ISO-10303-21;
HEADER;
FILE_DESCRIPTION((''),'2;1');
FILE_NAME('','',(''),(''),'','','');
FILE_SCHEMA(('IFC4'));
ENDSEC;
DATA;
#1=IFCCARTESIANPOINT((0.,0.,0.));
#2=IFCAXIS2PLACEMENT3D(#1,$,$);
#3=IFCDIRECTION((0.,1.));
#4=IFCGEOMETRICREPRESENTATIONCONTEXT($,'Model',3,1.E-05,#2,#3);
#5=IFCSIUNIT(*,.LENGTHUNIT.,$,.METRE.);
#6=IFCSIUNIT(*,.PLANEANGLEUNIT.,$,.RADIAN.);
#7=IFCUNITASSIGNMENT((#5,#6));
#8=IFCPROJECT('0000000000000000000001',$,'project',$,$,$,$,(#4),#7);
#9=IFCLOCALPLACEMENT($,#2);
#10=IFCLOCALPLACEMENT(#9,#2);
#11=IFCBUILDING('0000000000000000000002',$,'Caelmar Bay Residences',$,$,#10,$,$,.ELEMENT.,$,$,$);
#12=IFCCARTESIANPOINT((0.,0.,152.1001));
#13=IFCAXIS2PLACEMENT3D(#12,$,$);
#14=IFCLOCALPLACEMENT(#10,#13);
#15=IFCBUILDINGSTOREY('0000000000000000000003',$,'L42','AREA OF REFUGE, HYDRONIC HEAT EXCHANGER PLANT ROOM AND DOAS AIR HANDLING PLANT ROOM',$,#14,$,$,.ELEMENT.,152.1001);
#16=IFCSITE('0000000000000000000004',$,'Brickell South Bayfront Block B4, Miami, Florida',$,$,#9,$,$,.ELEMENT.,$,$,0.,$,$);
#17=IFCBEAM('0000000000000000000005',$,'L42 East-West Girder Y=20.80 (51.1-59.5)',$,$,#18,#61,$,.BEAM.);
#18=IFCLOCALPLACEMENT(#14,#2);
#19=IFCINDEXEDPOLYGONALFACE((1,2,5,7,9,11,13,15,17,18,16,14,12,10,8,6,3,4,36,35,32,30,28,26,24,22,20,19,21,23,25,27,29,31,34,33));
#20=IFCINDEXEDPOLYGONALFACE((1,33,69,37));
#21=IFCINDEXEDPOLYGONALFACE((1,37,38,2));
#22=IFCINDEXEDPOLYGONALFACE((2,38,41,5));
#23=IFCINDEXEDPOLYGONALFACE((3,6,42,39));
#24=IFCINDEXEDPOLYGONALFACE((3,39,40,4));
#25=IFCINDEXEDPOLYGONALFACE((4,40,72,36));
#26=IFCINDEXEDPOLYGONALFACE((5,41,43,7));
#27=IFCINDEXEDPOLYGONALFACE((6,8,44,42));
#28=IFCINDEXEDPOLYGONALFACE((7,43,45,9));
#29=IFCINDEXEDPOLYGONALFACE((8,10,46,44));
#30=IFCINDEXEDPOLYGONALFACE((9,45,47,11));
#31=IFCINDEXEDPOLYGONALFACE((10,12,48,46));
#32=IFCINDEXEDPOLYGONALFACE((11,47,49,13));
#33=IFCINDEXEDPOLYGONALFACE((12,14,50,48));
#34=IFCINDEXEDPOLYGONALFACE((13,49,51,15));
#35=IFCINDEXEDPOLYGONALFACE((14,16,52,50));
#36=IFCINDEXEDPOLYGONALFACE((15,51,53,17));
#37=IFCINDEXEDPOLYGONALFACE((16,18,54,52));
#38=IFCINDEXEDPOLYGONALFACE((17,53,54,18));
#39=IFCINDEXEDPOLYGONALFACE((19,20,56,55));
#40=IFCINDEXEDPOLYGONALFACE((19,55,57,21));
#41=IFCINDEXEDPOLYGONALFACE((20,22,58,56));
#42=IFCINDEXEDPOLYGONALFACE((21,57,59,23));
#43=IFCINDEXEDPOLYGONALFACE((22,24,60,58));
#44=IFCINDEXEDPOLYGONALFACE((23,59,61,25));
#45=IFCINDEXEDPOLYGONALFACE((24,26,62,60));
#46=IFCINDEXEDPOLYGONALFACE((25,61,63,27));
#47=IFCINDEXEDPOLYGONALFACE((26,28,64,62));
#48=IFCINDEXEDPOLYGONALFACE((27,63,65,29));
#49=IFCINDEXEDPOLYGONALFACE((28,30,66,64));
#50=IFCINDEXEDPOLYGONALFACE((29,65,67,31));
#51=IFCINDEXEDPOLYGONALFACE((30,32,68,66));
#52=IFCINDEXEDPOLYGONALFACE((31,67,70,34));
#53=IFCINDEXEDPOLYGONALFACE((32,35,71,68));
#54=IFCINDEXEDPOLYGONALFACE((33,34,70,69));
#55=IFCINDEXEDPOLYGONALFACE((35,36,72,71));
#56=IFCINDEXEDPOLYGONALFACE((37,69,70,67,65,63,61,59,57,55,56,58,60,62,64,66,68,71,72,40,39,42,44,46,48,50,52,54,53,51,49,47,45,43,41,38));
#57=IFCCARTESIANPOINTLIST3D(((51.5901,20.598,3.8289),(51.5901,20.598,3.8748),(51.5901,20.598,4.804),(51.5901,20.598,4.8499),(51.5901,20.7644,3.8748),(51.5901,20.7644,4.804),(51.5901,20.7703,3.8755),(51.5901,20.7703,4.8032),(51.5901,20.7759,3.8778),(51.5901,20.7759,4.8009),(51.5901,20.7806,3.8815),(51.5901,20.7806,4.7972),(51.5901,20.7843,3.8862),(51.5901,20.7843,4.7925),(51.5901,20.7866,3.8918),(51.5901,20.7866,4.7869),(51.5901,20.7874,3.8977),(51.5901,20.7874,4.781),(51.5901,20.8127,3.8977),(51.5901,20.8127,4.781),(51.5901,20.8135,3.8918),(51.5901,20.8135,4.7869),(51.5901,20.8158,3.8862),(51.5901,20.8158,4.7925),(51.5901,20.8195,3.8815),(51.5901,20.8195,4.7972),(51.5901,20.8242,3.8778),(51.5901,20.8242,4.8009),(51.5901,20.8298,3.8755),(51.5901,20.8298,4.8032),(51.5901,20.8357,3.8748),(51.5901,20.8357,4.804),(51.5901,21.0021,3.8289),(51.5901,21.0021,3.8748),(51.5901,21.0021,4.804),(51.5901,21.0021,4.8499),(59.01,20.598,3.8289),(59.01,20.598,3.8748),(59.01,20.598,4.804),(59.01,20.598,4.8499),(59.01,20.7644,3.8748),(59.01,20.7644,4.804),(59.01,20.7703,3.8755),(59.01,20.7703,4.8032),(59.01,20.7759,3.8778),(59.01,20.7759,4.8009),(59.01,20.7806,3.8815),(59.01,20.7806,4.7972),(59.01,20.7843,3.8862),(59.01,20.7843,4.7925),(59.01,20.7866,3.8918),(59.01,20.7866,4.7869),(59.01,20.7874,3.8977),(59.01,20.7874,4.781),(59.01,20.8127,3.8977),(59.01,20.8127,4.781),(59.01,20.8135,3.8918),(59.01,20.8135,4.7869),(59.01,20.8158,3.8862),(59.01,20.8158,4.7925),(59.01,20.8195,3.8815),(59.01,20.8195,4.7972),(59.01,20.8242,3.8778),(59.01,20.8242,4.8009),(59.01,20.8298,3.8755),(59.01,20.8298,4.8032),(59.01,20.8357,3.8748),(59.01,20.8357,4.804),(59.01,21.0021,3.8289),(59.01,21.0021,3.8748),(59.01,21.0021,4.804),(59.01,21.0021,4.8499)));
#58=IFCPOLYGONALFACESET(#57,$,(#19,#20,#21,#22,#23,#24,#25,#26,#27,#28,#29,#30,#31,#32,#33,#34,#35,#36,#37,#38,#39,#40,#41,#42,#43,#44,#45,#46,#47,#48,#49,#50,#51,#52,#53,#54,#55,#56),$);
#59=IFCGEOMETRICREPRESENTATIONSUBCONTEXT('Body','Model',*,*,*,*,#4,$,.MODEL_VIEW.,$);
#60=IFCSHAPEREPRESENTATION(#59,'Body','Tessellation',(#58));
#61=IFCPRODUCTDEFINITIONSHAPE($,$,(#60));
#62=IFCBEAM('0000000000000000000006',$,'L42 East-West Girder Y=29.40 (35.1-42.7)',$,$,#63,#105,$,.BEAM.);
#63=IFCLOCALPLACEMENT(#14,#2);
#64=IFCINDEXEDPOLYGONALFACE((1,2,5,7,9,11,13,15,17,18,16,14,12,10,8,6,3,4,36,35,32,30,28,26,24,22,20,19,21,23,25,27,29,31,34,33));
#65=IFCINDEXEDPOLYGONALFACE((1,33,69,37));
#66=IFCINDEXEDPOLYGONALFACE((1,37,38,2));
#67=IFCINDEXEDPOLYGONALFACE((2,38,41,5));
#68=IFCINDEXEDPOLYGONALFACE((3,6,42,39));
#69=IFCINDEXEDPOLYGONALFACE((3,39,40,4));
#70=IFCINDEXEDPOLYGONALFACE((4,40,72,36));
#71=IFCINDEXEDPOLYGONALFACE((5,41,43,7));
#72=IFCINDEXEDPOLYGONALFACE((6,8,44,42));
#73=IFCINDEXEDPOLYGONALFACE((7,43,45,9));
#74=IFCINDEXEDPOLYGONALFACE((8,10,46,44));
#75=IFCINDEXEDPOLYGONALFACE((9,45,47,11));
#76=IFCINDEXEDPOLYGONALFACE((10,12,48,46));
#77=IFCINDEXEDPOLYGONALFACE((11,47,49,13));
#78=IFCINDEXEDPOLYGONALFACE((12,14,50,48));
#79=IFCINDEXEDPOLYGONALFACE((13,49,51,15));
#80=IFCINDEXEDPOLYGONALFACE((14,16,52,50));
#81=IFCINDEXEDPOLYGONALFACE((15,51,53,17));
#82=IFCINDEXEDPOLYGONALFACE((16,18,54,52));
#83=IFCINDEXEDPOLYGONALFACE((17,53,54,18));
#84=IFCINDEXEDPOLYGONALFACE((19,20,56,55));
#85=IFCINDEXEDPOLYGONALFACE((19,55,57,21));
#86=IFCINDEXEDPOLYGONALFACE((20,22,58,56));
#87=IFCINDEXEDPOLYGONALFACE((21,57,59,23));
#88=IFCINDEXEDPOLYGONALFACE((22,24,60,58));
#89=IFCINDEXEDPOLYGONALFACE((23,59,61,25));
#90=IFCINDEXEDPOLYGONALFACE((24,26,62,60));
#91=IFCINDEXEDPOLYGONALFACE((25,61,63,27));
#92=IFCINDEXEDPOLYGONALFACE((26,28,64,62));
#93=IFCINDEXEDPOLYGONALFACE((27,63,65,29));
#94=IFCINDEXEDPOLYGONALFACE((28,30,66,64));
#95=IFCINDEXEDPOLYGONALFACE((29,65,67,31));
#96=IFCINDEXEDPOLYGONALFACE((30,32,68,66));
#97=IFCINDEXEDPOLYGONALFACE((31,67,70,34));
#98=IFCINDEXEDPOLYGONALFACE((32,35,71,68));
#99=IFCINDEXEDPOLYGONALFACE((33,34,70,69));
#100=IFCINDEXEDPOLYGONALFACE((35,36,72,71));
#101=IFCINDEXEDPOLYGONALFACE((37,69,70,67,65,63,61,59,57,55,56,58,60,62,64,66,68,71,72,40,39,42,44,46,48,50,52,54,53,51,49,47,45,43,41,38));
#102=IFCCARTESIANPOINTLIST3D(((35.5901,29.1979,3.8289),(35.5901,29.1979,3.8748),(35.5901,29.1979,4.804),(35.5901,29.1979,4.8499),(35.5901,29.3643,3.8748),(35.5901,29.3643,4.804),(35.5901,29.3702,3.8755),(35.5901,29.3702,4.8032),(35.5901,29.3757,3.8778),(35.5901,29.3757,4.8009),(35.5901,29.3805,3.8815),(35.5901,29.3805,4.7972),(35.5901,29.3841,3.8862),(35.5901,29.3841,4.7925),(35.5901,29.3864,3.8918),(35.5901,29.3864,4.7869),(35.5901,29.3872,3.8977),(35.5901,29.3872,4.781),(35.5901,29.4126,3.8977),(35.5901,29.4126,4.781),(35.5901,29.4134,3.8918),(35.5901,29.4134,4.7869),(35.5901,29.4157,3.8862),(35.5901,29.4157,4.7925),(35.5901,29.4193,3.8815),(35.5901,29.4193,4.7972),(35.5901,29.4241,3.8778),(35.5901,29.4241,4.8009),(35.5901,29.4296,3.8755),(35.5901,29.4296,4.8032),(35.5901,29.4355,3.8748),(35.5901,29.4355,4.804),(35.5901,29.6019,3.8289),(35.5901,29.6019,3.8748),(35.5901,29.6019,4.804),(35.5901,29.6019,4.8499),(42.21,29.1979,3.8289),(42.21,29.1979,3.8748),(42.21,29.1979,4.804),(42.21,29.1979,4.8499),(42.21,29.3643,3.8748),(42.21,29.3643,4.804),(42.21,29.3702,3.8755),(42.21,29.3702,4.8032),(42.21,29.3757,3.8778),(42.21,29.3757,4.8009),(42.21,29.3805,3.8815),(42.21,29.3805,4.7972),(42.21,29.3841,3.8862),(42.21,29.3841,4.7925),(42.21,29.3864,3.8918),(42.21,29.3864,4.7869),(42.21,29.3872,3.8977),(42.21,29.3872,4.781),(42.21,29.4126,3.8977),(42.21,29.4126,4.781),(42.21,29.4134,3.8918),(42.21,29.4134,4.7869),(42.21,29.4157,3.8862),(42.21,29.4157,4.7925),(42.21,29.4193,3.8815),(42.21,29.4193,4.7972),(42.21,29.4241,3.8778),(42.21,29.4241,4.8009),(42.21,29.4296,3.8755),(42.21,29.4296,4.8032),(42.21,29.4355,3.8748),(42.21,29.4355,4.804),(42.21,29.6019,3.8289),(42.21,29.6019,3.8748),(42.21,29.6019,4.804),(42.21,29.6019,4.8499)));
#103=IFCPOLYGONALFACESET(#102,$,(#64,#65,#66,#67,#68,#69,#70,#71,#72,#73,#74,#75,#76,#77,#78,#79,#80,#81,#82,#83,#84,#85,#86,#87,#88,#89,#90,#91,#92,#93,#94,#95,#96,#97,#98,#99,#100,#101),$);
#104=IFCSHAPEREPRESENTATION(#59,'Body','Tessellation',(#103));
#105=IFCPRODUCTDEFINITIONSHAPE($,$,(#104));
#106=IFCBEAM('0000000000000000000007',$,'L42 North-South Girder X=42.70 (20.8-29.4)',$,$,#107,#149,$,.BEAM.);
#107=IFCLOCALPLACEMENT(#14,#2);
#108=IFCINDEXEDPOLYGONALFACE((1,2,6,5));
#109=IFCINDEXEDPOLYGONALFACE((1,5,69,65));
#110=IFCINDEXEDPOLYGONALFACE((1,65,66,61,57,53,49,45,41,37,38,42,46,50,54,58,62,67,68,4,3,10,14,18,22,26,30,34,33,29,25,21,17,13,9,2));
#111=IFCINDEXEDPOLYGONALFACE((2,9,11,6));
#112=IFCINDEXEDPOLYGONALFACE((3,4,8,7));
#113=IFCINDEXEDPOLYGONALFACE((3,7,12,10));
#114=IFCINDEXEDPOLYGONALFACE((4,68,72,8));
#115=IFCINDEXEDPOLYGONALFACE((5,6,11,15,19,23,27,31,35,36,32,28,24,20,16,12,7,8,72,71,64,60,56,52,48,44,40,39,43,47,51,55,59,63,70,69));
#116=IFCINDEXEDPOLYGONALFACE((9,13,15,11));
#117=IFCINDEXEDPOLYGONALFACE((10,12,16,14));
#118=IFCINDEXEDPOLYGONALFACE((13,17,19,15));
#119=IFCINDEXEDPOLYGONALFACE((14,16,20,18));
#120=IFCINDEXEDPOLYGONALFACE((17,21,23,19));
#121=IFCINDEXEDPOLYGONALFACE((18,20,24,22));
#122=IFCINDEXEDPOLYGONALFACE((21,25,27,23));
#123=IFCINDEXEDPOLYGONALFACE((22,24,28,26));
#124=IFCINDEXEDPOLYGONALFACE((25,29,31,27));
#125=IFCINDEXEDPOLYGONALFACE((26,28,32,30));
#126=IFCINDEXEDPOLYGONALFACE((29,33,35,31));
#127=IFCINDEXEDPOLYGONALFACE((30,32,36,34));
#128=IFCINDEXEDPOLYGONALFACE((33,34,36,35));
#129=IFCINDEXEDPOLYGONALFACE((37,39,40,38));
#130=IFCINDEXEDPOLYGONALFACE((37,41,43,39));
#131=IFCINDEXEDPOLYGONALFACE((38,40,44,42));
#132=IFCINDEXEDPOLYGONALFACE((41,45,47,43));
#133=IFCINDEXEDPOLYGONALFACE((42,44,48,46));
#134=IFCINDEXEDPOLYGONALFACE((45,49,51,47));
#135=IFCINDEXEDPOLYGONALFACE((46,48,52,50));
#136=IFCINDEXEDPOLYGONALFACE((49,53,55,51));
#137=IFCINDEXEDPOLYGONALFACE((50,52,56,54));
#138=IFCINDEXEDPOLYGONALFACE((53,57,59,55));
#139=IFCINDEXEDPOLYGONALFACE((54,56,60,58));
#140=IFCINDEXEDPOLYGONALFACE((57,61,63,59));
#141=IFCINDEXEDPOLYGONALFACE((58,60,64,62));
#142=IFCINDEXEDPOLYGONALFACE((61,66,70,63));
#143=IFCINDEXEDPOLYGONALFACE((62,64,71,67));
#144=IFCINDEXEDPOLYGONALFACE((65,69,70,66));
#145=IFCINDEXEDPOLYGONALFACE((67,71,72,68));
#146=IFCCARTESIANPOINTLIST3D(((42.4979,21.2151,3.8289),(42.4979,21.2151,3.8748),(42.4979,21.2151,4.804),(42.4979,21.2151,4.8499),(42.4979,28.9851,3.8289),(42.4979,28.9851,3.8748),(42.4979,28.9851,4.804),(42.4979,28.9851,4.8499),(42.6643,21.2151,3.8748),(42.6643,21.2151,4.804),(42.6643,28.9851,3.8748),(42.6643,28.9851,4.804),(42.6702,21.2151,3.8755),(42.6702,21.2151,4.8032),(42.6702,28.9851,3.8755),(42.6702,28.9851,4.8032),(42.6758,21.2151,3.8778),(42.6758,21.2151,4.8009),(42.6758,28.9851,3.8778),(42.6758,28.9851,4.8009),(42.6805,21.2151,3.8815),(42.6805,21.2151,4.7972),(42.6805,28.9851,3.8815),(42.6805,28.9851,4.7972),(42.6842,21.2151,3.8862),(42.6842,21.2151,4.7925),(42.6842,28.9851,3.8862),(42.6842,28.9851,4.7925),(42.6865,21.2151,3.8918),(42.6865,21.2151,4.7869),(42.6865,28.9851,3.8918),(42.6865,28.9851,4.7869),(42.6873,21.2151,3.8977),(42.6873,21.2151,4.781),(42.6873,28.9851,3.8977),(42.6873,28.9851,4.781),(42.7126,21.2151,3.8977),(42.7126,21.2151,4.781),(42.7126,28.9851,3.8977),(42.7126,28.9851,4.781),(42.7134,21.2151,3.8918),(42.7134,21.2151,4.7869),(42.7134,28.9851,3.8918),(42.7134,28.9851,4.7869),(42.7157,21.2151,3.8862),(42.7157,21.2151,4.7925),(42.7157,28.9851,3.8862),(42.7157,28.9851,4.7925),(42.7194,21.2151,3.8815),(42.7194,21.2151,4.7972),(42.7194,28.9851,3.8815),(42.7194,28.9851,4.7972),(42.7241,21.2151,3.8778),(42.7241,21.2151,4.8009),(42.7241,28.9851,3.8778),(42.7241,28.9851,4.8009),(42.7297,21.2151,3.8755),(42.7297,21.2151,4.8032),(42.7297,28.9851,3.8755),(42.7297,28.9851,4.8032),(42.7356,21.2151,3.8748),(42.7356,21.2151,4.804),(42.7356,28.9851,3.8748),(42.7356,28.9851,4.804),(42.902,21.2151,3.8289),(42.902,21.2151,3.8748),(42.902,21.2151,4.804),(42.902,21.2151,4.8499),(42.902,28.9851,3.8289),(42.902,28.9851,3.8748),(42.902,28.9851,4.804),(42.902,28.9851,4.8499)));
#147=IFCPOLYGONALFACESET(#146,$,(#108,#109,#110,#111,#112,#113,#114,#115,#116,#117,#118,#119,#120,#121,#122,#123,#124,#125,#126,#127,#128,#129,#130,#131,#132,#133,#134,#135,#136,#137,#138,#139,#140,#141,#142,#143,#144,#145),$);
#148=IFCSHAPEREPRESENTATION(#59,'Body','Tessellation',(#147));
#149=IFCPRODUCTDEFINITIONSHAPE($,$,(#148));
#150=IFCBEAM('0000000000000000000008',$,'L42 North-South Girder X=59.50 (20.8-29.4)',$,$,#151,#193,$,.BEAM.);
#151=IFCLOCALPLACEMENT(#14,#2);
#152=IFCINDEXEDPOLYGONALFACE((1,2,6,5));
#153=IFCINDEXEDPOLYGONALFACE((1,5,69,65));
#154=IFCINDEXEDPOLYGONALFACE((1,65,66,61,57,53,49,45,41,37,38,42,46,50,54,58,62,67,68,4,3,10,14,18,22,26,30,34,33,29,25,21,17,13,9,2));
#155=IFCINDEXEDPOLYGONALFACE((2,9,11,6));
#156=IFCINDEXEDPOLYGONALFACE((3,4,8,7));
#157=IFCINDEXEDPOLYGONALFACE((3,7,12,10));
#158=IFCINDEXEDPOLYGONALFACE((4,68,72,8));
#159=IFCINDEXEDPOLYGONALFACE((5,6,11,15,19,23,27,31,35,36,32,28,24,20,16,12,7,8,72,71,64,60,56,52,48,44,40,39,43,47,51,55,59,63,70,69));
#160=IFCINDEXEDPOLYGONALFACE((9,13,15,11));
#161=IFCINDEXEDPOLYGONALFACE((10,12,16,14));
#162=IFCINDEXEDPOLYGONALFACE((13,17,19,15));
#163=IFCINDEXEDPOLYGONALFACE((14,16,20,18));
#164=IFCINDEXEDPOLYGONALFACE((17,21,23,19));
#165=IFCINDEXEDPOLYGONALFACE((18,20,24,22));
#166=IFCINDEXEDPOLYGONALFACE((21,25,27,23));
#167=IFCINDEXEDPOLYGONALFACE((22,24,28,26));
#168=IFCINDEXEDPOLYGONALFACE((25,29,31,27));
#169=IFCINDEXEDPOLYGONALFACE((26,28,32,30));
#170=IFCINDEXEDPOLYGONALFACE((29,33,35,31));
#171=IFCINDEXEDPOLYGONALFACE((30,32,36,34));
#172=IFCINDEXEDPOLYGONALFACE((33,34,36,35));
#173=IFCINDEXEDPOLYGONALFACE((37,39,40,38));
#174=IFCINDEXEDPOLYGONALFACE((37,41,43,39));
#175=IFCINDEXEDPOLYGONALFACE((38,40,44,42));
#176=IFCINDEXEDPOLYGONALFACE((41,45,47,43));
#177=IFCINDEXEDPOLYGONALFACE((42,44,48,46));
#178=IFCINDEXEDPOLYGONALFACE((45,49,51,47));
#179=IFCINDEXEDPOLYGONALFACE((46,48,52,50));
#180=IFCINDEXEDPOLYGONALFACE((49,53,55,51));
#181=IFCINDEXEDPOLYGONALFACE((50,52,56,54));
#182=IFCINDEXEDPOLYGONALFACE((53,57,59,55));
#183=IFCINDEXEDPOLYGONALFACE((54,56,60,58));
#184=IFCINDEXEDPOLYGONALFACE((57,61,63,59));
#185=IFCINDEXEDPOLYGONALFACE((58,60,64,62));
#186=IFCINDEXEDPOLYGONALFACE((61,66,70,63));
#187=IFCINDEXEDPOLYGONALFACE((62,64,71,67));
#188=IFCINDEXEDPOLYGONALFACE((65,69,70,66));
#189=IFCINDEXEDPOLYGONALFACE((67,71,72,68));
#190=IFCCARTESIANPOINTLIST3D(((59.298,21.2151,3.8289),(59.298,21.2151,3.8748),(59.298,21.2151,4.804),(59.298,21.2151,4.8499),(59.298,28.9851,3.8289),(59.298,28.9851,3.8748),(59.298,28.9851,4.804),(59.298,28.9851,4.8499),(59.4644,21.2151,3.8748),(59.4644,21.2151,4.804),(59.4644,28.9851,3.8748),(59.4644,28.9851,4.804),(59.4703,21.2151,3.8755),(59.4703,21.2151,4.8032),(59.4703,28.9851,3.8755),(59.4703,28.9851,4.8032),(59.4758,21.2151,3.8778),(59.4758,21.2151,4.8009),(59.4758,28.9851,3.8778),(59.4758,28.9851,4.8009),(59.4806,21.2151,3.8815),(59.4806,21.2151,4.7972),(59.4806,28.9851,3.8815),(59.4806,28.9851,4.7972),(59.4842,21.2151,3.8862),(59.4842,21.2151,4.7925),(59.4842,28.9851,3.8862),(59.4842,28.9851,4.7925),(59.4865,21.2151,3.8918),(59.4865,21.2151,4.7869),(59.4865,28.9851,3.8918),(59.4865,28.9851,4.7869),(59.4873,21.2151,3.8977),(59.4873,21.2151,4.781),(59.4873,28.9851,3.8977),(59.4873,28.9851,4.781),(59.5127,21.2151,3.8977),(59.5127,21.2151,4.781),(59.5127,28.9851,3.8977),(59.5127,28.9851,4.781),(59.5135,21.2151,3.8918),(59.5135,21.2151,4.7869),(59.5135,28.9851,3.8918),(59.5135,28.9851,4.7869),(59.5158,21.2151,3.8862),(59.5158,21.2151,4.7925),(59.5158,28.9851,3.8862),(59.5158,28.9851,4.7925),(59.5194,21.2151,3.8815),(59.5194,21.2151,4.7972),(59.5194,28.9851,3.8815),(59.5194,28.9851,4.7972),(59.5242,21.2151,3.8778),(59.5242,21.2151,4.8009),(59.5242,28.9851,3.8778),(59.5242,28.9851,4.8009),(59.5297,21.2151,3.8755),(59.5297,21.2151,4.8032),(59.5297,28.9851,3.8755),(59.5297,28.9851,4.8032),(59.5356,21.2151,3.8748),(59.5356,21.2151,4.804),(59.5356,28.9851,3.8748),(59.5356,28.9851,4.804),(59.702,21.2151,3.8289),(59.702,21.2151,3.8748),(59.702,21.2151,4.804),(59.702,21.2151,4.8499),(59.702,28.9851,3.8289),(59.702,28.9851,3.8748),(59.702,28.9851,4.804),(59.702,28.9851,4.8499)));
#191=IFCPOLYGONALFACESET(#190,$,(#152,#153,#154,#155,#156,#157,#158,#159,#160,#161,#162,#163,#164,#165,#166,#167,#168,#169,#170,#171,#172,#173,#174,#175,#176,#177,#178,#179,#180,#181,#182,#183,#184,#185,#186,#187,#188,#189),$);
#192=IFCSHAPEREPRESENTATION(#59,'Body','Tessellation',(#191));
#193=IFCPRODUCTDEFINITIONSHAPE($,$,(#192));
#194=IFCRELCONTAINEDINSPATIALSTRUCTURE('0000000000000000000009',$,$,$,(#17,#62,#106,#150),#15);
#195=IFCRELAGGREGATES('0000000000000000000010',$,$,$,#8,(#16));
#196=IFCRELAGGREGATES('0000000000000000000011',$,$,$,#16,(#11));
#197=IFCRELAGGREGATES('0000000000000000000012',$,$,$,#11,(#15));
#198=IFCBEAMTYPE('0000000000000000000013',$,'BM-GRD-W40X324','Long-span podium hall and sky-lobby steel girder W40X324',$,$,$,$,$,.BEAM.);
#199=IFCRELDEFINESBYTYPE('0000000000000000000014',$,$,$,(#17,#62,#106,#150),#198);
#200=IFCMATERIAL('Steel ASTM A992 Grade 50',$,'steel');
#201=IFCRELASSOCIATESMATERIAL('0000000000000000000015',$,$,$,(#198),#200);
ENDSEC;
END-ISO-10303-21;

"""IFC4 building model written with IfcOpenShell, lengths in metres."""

from ifc_helpers import new_model, si_unit, direction, frame, origin, origin_2d, place, context, subcontext, project, spatial, i_section, extrude, material, material_profile, profile_set, type_object, element, save


model = new_model("IFC4")

# Units and contexts
model_context = context("Model", 3, precision=1e-05, world=origin(), true_north=direction((0.0, 1.0)))
body_context = subcontext(model_context, "Body", "Model", "MODEL_VIEW")
ifc_project = project(units=[si_unit("LENGTHUNIT", "METRE"), si_unit("PLANEANGLEUNIT", "RADIAN")], contexts=[model_context])

# Site, building, storey
site_placement = place(None, origin())
site = spatial("IfcSite", under=ifc_project, at=site_placement, Name="Brickell South Bayfront Block B4, Miami, Florida", CompositionType="ELEMENT", RefElevation=0.0)
building_placement = place(site_placement, origin())
building = spatial("IfcBuilding", under=site, at=building_placement, Name="Caelmar Bay Residences", CompositionType="ELEMENT")
storey_placement = place(building_placement, frame((0.0, 0.0, 152.1001)))
storey = spatial("IfcBuildingStorey", under=building, at=storey_placement, Name="L42", Description="AREA OF REFUGE, HYDRONIC HEAT EXCHANGER PLANT ROOM AND DOAS AIR HANDLING PLANT ROOM", CompositionType="ELEMENT", Elevation=152.1001)

# Beams
ifc_material_1 = material(Name="Steel ASTM A992 Grade 50", Category="steel")
ifc_material_profile_1 = material_profile(ifc_material_1, i_section(OverallWidth=0.4041, OverallDepth=1.021, WebThickness=0.0254, FlangeThickness=0.0459, FilletRadius=0.0229, at=origin_2d()), Name="W40X324")
ifc_profile_set_1 = profile_set([ifc_material_profile_1], Name="Steel ASTM A992 Grade 50")
beam_type_1 = type_object("IfcBeamType", Name="BM-GRD-W40X324", Description="Long-span podium hall and sky-lobby steel girder W40X324", PredefinedType="BEAM", material=ifc_profile_set_1)
beam_1_placement = place(storey_placement, frame((51.5901, 20.8, 4.3394), z_axis=(1.0, 0.0, 0.0), x_axis=(0.0, 1.0, 0.0)))
element("IfcBeam", 1, at=beam_1_placement, inside=storey, type_object=beam_type_1, Name="L42 East-West Girder Y=20.80 (51.1-59.5)", PredefinedType="BEAM", context=body_context, shape_type="SweptSolid", body=[
    extrude(i_section(OverallWidth=0.4041, OverallDepth=1.021, WebThickness=0.0254, FlangeThickness=0.0459, FilletRadius=0.0229, at=origin_2d()), origin(), (0.0, 0.0, 1.0), 7.4199),
])
beam_2_placement = place(storey_placement, frame((35.5901, 29.3999, 4.3394), z_axis=(1.0, 0.0, 0.0), x_axis=(0.0, 1.0, 0.0)))
element("IfcBeam", 2, at=beam_2_placement, inside=storey, type_object=beam_type_1, Name="L42 East-West Girder Y=29.40 (35.1-42.7)", PredefinedType="BEAM", context=body_context, shape_type="SweptSolid", body=[
    extrude(i_section(OverallWidth=0.4041, OverallDepth=1.021, WebThickness=0.0254, FlangeThickness=0.0459, FilletRadius=0.0229, at=origin_2d()), origin(), (0.0, 0.0, 1.0), 6.6199),
])
for number, where, z_axis, x_axis, name in (
    (3, (42.7, 21.2151, 4.3394), (0.0, 1.0, 0.0), (-1.0, 0.0, 0.0), "L42 North-South Girder X=42.70 (20.8-29.4)"),
    (4, (59.5, 21.2151, 4.3394), (0.0, 1.0, 0.0), (-1.0, 0.0, 0.0), "L42 North-South Girder X=59.50 (20.8-29.4)"),
):
    element("IfcBeam", number, at=place(storey_placement, frame(where, z_axis=z_axis, x_axis=x_axis)), inside=storey, type_object=beam_type_1, Name=name, PredefinedType="BEAM", context=body_context, shape_type="SweptSolid", body=[
        extrude(i_section(OverallWidth=0.4041, OverallDepth=1.021, WebThickness=0.0254, FlangeThickness=0.0459, FilletRadius=0.0229, at=origin_2d()), origin(), (0.0, 0.0, 1.0), 7.77),
    ])

save(model, "model.ifc")
